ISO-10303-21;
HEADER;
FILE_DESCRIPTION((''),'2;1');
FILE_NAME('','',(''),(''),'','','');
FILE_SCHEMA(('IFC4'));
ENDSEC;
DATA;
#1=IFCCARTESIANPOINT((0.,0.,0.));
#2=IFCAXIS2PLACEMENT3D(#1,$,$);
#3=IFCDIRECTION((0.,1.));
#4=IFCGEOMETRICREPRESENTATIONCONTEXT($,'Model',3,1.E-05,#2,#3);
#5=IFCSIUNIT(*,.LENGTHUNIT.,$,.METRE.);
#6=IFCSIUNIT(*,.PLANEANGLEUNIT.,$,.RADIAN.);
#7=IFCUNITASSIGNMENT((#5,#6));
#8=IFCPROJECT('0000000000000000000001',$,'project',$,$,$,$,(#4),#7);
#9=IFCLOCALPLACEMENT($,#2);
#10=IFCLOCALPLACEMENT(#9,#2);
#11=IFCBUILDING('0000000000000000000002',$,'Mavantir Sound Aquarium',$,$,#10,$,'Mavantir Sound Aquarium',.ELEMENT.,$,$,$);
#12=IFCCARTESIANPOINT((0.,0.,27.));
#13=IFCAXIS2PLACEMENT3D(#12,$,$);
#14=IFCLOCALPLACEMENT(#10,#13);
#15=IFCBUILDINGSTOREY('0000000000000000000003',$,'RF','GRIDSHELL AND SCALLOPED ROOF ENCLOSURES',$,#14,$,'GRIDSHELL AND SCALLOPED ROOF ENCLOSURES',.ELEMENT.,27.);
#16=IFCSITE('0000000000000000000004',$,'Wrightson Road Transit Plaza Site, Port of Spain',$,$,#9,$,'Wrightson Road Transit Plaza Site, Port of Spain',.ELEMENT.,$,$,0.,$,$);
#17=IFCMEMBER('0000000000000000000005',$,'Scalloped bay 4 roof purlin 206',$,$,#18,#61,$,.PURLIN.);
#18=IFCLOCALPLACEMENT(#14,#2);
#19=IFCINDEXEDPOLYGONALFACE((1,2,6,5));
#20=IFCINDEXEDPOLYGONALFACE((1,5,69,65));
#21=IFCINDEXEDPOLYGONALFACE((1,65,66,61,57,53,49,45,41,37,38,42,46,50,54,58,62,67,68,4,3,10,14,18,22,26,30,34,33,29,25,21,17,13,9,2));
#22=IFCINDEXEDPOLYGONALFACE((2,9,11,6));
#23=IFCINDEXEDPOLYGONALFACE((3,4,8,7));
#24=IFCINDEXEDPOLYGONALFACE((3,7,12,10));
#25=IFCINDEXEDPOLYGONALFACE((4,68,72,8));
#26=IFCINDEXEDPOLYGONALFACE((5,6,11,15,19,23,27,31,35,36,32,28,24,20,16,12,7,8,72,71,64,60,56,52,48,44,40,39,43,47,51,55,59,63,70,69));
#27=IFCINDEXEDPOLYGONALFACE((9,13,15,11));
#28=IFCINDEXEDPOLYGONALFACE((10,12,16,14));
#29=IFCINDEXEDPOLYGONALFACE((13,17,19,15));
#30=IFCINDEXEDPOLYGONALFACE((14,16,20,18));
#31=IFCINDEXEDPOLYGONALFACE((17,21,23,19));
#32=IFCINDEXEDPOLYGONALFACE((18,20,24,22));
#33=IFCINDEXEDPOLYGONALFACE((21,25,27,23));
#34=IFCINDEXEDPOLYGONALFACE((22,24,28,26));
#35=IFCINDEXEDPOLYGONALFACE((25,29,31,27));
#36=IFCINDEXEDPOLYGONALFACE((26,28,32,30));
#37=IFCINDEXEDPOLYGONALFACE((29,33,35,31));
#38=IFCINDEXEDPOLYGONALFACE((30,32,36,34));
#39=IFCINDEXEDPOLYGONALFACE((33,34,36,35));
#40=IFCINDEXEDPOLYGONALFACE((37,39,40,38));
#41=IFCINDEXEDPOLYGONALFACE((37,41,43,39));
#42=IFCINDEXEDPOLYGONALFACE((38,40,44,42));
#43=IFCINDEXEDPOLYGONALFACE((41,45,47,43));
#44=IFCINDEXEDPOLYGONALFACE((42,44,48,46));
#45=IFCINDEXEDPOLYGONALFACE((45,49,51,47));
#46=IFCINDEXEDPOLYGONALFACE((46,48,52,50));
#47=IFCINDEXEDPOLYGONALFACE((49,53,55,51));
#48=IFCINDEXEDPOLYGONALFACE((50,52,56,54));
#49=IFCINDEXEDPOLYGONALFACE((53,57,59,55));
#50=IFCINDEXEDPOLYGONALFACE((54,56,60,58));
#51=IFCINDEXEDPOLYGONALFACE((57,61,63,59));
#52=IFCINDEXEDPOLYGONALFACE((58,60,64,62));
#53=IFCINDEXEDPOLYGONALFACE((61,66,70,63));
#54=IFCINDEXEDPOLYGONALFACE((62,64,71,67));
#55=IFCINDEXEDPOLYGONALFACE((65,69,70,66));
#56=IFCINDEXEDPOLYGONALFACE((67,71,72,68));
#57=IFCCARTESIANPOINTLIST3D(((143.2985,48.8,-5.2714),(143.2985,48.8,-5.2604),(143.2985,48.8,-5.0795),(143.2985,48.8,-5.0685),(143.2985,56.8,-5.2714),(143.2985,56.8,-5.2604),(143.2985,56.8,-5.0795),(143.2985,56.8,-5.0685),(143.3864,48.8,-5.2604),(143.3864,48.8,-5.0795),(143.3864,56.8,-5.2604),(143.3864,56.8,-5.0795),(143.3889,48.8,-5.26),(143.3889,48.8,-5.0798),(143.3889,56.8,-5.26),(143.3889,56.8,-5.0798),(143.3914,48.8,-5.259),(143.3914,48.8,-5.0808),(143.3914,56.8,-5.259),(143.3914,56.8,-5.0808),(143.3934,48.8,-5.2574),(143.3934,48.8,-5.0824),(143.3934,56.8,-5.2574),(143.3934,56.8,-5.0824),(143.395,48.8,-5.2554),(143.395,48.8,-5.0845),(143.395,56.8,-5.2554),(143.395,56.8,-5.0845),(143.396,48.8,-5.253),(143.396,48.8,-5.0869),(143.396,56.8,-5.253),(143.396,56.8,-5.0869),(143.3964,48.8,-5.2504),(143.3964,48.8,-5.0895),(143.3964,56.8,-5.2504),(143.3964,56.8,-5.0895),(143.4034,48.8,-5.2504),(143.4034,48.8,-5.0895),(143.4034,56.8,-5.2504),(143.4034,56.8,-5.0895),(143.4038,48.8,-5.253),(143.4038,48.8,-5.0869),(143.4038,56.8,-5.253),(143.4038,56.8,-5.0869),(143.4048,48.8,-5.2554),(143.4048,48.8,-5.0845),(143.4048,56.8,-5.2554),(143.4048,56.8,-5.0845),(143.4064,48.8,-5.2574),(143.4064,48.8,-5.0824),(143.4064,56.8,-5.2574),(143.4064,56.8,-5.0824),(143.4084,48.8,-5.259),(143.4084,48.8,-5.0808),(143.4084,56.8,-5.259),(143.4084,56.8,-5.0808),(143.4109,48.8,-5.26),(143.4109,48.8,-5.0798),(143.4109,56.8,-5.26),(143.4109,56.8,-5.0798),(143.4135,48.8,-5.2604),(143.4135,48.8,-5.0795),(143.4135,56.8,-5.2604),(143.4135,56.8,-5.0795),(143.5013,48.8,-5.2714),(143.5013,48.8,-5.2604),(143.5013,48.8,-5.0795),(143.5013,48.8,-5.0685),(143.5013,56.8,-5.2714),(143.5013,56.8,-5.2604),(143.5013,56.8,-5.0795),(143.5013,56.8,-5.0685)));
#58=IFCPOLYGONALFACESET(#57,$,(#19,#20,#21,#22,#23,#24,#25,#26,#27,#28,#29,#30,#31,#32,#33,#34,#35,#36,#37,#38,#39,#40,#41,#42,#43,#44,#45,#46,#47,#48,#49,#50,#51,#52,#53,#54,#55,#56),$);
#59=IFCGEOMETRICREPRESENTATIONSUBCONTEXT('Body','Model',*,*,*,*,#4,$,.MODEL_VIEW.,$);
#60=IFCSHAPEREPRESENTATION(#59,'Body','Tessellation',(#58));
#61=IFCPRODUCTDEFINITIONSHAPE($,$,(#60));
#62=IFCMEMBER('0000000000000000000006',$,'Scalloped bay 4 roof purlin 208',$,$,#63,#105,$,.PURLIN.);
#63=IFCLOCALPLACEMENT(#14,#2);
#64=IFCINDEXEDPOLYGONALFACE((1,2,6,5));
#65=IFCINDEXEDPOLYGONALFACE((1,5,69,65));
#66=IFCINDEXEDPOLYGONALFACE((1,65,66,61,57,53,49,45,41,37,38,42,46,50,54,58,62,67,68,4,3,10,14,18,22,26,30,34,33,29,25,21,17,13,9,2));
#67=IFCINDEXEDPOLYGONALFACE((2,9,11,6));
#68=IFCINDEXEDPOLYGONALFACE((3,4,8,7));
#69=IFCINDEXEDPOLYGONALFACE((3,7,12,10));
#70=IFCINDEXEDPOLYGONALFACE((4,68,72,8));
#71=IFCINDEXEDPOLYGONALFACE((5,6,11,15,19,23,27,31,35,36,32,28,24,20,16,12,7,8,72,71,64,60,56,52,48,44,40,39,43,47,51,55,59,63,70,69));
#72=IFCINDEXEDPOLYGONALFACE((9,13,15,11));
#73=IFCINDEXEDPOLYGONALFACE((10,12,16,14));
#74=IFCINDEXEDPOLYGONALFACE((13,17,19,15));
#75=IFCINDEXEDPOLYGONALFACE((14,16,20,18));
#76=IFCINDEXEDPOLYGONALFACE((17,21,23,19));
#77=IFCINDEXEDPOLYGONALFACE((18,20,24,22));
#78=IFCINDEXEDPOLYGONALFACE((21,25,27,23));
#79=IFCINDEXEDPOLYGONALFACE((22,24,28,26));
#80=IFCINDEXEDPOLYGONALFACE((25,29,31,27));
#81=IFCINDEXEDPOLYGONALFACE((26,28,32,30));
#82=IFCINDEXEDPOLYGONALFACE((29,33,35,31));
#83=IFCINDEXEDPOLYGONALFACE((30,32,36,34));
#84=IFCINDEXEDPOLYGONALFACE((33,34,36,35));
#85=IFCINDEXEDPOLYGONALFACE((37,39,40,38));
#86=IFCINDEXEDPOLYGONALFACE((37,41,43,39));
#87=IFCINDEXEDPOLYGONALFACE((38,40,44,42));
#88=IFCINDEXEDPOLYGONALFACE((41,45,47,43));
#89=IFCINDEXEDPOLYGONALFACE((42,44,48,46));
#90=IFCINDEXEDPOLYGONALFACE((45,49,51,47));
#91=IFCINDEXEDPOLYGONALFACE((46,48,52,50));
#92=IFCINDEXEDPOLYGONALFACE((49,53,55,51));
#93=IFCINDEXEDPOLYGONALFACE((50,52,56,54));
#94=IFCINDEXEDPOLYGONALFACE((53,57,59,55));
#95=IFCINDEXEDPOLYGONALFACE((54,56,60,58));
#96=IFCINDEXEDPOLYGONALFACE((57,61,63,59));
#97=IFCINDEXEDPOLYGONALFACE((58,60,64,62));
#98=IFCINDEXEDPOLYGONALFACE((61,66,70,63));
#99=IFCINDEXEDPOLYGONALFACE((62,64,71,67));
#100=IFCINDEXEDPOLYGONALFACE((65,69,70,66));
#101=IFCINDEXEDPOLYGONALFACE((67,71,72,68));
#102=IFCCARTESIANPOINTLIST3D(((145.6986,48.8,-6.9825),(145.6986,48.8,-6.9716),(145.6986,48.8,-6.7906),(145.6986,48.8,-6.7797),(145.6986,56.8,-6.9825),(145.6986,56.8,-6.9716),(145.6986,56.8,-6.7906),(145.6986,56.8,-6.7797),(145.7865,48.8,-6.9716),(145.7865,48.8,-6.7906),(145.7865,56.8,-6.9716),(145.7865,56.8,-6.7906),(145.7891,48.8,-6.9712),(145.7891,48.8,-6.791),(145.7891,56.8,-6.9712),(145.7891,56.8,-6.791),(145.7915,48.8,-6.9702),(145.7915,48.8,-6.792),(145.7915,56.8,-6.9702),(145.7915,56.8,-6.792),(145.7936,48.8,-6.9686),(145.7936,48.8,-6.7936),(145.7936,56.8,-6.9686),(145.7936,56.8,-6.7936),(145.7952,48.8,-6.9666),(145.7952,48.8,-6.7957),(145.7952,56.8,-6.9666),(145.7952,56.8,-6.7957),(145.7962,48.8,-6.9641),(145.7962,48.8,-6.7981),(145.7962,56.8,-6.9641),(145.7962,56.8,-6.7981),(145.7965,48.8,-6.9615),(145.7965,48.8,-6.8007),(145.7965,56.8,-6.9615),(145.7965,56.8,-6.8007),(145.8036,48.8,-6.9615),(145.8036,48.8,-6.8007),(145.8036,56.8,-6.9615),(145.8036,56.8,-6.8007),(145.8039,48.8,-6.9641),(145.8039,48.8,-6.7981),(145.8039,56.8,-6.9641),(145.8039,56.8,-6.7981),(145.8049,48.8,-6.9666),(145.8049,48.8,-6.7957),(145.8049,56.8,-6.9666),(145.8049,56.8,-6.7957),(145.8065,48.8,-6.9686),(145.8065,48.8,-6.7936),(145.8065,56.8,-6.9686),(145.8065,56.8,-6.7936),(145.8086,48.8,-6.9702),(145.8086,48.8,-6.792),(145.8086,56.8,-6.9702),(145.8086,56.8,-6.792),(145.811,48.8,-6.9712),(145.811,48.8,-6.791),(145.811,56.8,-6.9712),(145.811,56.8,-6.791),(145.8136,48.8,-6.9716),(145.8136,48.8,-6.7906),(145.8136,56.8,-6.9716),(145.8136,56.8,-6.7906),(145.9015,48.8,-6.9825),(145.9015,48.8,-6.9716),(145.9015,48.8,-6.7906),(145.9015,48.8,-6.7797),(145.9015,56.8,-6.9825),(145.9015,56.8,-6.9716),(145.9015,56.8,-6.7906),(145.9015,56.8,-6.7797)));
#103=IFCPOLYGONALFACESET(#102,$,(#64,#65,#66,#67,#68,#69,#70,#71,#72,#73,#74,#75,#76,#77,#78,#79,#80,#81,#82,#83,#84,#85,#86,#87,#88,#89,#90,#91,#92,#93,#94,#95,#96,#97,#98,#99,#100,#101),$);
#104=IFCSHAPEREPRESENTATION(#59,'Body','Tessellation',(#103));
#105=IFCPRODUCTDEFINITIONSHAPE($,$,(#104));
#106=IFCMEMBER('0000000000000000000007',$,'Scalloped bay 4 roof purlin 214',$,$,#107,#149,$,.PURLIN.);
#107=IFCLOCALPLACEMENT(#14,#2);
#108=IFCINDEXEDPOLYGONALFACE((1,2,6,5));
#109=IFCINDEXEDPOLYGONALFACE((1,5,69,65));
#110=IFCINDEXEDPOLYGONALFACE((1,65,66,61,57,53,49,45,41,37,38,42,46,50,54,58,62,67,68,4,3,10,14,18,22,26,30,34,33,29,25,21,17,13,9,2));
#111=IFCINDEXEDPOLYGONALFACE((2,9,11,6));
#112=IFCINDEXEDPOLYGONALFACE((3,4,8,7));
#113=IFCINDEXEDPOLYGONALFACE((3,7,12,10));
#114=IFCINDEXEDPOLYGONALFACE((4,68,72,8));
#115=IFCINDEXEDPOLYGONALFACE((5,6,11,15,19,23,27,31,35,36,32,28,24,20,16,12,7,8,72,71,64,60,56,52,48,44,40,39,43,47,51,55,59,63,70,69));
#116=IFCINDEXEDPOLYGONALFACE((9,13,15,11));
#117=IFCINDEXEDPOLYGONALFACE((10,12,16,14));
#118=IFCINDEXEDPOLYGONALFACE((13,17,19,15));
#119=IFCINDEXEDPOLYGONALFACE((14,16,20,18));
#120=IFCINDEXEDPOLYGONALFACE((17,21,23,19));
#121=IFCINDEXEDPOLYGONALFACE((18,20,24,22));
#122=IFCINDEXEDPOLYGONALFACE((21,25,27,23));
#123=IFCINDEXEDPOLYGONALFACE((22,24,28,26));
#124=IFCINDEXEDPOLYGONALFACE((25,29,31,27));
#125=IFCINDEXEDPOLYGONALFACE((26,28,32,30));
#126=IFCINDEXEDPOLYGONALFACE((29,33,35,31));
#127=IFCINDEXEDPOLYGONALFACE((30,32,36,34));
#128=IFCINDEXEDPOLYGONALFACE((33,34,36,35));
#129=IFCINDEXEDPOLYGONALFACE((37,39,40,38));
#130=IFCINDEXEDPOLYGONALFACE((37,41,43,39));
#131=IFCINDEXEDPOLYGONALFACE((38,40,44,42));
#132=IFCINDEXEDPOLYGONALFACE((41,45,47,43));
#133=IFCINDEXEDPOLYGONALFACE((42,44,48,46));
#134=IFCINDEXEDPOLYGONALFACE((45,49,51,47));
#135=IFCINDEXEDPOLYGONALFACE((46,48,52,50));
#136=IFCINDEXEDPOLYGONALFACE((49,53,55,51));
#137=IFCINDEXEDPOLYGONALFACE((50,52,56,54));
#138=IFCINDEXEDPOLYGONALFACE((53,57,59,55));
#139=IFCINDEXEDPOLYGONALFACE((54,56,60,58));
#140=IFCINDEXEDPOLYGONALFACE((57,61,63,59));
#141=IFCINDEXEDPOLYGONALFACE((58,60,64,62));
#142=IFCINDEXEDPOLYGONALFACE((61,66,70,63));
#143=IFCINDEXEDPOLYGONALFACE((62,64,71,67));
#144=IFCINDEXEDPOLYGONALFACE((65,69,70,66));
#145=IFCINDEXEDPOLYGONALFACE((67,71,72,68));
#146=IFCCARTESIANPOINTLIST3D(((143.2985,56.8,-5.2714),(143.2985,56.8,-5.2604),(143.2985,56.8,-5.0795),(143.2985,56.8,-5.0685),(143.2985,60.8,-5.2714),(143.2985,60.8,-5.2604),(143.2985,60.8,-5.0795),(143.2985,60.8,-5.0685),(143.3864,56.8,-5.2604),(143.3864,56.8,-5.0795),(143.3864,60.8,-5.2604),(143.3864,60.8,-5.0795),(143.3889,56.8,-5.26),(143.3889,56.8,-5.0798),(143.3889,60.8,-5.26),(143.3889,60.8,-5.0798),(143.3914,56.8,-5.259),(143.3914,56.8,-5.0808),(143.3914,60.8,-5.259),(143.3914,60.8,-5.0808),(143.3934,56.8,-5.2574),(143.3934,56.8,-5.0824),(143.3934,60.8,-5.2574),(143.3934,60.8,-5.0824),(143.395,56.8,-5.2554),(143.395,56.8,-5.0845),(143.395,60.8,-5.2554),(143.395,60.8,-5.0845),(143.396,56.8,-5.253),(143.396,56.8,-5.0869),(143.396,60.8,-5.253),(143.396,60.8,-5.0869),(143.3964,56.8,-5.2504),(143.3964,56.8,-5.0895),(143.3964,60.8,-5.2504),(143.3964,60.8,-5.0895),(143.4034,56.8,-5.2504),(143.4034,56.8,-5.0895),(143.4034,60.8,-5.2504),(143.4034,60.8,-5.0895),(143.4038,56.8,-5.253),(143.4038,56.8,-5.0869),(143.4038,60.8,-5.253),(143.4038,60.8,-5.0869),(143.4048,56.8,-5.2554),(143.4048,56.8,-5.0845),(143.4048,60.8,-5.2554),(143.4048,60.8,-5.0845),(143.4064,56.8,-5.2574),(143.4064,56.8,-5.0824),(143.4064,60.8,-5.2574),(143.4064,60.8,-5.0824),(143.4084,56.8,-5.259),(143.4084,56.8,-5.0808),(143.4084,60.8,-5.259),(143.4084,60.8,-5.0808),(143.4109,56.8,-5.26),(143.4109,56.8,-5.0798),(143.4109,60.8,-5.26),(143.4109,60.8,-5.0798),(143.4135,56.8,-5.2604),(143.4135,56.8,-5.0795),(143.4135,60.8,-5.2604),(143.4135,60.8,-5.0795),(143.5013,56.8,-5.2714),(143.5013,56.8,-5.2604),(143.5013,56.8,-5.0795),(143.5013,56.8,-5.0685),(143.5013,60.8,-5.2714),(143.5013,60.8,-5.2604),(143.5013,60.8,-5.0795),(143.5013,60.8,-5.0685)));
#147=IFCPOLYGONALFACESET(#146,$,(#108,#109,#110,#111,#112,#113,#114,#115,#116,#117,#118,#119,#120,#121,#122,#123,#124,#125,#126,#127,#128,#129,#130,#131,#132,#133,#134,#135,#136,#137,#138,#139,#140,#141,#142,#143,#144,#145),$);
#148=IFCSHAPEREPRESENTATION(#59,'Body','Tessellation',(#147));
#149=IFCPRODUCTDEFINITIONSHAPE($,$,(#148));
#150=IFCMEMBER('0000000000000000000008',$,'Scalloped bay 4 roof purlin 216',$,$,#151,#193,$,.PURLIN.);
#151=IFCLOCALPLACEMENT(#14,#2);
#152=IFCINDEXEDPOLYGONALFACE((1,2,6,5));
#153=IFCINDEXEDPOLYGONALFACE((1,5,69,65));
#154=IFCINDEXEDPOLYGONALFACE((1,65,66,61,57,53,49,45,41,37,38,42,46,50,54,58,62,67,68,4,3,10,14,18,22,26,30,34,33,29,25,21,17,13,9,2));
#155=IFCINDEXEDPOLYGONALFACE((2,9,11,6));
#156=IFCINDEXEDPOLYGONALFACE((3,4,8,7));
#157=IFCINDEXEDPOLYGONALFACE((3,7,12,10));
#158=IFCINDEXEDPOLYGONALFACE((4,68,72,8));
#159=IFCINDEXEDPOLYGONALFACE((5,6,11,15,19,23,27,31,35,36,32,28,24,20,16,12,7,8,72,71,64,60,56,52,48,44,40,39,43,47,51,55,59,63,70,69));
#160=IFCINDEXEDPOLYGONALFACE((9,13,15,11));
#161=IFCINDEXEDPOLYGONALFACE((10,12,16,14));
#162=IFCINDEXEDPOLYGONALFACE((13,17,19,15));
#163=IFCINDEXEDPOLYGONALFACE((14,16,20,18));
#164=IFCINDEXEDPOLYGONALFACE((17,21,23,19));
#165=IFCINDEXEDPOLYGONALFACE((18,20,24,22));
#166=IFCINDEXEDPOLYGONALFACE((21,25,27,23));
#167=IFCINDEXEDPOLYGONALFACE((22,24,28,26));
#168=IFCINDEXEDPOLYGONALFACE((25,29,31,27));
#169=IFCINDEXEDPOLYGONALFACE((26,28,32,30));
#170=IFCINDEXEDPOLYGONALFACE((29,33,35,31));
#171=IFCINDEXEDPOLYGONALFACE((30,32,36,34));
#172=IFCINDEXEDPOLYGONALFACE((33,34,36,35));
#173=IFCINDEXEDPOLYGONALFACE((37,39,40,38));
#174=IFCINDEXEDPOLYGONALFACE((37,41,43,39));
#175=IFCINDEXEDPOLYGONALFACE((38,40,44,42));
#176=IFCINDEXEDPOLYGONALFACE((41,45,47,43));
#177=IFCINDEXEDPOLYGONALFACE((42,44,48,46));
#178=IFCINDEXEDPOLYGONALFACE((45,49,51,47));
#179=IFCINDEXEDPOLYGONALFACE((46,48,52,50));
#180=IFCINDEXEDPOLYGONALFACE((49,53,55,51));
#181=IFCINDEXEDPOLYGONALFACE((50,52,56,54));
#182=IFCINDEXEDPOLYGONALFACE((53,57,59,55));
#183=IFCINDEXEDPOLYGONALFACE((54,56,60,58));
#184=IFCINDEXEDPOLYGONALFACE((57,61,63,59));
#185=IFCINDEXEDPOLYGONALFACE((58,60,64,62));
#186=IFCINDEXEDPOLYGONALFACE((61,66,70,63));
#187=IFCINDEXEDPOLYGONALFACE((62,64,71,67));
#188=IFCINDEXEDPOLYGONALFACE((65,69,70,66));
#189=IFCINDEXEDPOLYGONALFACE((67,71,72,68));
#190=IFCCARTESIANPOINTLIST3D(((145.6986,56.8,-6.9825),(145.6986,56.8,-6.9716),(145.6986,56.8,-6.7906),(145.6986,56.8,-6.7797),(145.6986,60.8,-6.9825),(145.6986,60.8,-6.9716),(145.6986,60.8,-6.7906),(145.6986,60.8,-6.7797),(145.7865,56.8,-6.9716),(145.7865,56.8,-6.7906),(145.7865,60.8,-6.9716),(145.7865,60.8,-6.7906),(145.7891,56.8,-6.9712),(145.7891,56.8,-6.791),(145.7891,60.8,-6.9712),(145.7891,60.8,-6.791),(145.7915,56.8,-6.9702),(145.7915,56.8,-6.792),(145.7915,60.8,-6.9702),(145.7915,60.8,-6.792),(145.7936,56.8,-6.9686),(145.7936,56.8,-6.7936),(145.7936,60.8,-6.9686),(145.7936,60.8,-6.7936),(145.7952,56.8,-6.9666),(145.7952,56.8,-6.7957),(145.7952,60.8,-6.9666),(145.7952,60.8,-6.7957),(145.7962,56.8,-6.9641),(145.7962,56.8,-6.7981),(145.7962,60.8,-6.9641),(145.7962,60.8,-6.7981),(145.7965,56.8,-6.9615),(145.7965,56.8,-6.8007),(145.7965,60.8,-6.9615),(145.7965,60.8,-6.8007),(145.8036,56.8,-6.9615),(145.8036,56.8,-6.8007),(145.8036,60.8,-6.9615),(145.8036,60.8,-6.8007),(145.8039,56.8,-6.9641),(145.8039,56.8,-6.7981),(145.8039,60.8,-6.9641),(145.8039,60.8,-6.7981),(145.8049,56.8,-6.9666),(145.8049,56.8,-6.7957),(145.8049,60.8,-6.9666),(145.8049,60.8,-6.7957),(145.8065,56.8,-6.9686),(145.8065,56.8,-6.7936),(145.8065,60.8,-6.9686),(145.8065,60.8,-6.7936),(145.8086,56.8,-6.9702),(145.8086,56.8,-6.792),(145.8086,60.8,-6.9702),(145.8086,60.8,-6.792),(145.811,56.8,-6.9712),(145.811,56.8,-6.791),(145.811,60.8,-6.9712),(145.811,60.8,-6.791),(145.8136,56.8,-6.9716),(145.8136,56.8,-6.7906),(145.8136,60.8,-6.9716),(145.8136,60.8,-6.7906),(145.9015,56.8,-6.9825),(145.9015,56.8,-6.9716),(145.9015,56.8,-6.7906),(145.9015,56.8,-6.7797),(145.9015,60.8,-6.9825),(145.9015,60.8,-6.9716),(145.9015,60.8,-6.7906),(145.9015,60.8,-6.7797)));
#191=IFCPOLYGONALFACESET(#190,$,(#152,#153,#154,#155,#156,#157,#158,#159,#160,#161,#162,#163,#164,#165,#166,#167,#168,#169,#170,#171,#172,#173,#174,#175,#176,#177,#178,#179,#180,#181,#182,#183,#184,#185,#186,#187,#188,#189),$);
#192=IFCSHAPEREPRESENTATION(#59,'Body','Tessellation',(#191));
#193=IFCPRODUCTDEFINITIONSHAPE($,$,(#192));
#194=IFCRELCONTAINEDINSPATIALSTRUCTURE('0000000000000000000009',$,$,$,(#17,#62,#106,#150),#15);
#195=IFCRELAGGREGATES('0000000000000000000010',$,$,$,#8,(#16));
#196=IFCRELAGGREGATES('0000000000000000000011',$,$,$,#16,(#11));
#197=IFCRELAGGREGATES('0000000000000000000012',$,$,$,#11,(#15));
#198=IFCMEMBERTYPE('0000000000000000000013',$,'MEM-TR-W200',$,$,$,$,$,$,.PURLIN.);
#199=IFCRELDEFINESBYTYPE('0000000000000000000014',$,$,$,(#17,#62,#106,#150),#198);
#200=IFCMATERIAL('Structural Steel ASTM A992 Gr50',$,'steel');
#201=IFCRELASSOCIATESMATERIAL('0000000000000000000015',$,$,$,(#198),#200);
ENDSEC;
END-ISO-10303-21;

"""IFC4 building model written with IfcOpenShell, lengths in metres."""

from ifc_helpers import new_model, si_unit, direction, frame, origin, origin_2d, place, context, subcontext, project, spatial, i_section, extrude, material, material_profile, profile_set, type_object, element, save


model = new_model("IFC4")

# Units and contexts
model_context = context("Model", 3, precision=1e-05, world=origin(), true_north=direction((0.0, 1.0)))
body_context = subcontext(model_context, "Body", "Model", "MODEL_VIEW")
ifc_project = project(units=[si_unit("LENGTHUNIT", "METRE"), si_unit("PLANEANGLEUNIT", "RADIAN")], contexts=[model_context])

# Site, building, storey
site_placement = place(None, origin())
site = spatial("IfcSite", under=ifc_project, at=site_placement, Name="Wrightson Road Transit Plaza Site, Port of Spain", LongName="Wrightson Road Transit Plaza Site, Port of Spain", CompositionType="ELEMENT", RefElevation=0.0)
building_placement = place(site_placement, origin())
building = spatial("IfcBuilding", under=site, at=building_placement, Name="Mavantir Sound Aquarium", LongName="Mavantir Sound Aquarium", CompositionType="ELEMENT")
storey_placement = place(building_placement, frame((0.0, 0.0, 27.0)))
storey = spatial("IfcBuildingStorey", under=building, at=storey_placement, Name="RF", Description="GRIDSHELL AND SCALLOPED ROOF ENCLOSURES", LongName="GRIDSHELL AND SCALLOPED ROOF ENCLOSURES", CompositionType="ELEMENT", Elevation=27.0)

# Shared definitions
ifc_material_1 = material(Name="Structural Steel ASTM A992 Gr50", Category="steel")

# Members
ifc_material_profile_1 = material_profile(ifc_material_1, i_section(OverallWidth=0.2029, OverallDepth=0.2029, WebThickness=0.0071, FlangeThickness=0.011, FilletRadius=0.01, at=origin_2d()), Name="W200X46")
ifc_profile_set_1 = profile_set([ifc_material_profile_1], Name="Structural Steel ASTM A992 Gr50")
member_type_1 = type_object("IfcMemberType", Name="MEM-TR-W200", PredefinedType="PURLIN", material=ifc_profile_set_1)
for number, where, z_axis, x_axis, name in (
    (1, (143.3999, 48.8, -5.1699), (0.0, 1.0, 0.0), (-1.0, 0.0, 0.0), "Scalloped bay 4 roof purlin 206"),
    (2, (145.8, 48.8, -6.8811), (0.0, 1.0, 0.0), (-1.0, 0.0, 0.0), "Scalloped bay 4 roof purlin 208"),
):
    element("IfcMember", number, at=place(storey_placement, frame(where, z_axis=z_axis, x_axis=x_axis)), inside=storey, type_object=member_type_1, Name=name, PredefinedType="PURLIN", context=body_context, shape_type="SweptSolid", body=[
        extrude(i_section(OverallWidth=0.2029, OverallDepth=0.2029, WebThickness=0.0071, FlangeThickness=0.011, FilletRadius=0.01, at=origin_2d()), origin(), (0.0, 0.0, 1.0), 8.0),
    ])
for number, where, z_axis, x_axis, name in (
    (3, (143.3999, 56.8, -5.1699), (0.0, 1.0, 0.0), (-1.0, 0.0, 0.0), "Scalloped bay 4 roof purlin 214"),
    (4, (145.8, 56.8, -6.8811), (0.0, 1.0, 0.0), (-1.0, 0.0, 0.0), "Scalloped bay 4 roof purlin 216"),
):
    element("IfcMember", number, at=place(storey_placement, frame(where, z_axis=z_axis, x_axis=x_axis)), inside=storey, type_object=member_type_1, Name=name, PredefinedType="PURLIN", context=body_context, shape_type="SweptSolid", body=[
        extrude(i_section(OverallWidth=0.2029, OverallDepth=0.2029, WebThickness=0.0071, FlangeThickness=0.011, FilletRadius=0.01, at=origin_2d()), origin(), (0.0, 0.0, 1.0), 4.0),
    ])

save(model, "model.ifc")
